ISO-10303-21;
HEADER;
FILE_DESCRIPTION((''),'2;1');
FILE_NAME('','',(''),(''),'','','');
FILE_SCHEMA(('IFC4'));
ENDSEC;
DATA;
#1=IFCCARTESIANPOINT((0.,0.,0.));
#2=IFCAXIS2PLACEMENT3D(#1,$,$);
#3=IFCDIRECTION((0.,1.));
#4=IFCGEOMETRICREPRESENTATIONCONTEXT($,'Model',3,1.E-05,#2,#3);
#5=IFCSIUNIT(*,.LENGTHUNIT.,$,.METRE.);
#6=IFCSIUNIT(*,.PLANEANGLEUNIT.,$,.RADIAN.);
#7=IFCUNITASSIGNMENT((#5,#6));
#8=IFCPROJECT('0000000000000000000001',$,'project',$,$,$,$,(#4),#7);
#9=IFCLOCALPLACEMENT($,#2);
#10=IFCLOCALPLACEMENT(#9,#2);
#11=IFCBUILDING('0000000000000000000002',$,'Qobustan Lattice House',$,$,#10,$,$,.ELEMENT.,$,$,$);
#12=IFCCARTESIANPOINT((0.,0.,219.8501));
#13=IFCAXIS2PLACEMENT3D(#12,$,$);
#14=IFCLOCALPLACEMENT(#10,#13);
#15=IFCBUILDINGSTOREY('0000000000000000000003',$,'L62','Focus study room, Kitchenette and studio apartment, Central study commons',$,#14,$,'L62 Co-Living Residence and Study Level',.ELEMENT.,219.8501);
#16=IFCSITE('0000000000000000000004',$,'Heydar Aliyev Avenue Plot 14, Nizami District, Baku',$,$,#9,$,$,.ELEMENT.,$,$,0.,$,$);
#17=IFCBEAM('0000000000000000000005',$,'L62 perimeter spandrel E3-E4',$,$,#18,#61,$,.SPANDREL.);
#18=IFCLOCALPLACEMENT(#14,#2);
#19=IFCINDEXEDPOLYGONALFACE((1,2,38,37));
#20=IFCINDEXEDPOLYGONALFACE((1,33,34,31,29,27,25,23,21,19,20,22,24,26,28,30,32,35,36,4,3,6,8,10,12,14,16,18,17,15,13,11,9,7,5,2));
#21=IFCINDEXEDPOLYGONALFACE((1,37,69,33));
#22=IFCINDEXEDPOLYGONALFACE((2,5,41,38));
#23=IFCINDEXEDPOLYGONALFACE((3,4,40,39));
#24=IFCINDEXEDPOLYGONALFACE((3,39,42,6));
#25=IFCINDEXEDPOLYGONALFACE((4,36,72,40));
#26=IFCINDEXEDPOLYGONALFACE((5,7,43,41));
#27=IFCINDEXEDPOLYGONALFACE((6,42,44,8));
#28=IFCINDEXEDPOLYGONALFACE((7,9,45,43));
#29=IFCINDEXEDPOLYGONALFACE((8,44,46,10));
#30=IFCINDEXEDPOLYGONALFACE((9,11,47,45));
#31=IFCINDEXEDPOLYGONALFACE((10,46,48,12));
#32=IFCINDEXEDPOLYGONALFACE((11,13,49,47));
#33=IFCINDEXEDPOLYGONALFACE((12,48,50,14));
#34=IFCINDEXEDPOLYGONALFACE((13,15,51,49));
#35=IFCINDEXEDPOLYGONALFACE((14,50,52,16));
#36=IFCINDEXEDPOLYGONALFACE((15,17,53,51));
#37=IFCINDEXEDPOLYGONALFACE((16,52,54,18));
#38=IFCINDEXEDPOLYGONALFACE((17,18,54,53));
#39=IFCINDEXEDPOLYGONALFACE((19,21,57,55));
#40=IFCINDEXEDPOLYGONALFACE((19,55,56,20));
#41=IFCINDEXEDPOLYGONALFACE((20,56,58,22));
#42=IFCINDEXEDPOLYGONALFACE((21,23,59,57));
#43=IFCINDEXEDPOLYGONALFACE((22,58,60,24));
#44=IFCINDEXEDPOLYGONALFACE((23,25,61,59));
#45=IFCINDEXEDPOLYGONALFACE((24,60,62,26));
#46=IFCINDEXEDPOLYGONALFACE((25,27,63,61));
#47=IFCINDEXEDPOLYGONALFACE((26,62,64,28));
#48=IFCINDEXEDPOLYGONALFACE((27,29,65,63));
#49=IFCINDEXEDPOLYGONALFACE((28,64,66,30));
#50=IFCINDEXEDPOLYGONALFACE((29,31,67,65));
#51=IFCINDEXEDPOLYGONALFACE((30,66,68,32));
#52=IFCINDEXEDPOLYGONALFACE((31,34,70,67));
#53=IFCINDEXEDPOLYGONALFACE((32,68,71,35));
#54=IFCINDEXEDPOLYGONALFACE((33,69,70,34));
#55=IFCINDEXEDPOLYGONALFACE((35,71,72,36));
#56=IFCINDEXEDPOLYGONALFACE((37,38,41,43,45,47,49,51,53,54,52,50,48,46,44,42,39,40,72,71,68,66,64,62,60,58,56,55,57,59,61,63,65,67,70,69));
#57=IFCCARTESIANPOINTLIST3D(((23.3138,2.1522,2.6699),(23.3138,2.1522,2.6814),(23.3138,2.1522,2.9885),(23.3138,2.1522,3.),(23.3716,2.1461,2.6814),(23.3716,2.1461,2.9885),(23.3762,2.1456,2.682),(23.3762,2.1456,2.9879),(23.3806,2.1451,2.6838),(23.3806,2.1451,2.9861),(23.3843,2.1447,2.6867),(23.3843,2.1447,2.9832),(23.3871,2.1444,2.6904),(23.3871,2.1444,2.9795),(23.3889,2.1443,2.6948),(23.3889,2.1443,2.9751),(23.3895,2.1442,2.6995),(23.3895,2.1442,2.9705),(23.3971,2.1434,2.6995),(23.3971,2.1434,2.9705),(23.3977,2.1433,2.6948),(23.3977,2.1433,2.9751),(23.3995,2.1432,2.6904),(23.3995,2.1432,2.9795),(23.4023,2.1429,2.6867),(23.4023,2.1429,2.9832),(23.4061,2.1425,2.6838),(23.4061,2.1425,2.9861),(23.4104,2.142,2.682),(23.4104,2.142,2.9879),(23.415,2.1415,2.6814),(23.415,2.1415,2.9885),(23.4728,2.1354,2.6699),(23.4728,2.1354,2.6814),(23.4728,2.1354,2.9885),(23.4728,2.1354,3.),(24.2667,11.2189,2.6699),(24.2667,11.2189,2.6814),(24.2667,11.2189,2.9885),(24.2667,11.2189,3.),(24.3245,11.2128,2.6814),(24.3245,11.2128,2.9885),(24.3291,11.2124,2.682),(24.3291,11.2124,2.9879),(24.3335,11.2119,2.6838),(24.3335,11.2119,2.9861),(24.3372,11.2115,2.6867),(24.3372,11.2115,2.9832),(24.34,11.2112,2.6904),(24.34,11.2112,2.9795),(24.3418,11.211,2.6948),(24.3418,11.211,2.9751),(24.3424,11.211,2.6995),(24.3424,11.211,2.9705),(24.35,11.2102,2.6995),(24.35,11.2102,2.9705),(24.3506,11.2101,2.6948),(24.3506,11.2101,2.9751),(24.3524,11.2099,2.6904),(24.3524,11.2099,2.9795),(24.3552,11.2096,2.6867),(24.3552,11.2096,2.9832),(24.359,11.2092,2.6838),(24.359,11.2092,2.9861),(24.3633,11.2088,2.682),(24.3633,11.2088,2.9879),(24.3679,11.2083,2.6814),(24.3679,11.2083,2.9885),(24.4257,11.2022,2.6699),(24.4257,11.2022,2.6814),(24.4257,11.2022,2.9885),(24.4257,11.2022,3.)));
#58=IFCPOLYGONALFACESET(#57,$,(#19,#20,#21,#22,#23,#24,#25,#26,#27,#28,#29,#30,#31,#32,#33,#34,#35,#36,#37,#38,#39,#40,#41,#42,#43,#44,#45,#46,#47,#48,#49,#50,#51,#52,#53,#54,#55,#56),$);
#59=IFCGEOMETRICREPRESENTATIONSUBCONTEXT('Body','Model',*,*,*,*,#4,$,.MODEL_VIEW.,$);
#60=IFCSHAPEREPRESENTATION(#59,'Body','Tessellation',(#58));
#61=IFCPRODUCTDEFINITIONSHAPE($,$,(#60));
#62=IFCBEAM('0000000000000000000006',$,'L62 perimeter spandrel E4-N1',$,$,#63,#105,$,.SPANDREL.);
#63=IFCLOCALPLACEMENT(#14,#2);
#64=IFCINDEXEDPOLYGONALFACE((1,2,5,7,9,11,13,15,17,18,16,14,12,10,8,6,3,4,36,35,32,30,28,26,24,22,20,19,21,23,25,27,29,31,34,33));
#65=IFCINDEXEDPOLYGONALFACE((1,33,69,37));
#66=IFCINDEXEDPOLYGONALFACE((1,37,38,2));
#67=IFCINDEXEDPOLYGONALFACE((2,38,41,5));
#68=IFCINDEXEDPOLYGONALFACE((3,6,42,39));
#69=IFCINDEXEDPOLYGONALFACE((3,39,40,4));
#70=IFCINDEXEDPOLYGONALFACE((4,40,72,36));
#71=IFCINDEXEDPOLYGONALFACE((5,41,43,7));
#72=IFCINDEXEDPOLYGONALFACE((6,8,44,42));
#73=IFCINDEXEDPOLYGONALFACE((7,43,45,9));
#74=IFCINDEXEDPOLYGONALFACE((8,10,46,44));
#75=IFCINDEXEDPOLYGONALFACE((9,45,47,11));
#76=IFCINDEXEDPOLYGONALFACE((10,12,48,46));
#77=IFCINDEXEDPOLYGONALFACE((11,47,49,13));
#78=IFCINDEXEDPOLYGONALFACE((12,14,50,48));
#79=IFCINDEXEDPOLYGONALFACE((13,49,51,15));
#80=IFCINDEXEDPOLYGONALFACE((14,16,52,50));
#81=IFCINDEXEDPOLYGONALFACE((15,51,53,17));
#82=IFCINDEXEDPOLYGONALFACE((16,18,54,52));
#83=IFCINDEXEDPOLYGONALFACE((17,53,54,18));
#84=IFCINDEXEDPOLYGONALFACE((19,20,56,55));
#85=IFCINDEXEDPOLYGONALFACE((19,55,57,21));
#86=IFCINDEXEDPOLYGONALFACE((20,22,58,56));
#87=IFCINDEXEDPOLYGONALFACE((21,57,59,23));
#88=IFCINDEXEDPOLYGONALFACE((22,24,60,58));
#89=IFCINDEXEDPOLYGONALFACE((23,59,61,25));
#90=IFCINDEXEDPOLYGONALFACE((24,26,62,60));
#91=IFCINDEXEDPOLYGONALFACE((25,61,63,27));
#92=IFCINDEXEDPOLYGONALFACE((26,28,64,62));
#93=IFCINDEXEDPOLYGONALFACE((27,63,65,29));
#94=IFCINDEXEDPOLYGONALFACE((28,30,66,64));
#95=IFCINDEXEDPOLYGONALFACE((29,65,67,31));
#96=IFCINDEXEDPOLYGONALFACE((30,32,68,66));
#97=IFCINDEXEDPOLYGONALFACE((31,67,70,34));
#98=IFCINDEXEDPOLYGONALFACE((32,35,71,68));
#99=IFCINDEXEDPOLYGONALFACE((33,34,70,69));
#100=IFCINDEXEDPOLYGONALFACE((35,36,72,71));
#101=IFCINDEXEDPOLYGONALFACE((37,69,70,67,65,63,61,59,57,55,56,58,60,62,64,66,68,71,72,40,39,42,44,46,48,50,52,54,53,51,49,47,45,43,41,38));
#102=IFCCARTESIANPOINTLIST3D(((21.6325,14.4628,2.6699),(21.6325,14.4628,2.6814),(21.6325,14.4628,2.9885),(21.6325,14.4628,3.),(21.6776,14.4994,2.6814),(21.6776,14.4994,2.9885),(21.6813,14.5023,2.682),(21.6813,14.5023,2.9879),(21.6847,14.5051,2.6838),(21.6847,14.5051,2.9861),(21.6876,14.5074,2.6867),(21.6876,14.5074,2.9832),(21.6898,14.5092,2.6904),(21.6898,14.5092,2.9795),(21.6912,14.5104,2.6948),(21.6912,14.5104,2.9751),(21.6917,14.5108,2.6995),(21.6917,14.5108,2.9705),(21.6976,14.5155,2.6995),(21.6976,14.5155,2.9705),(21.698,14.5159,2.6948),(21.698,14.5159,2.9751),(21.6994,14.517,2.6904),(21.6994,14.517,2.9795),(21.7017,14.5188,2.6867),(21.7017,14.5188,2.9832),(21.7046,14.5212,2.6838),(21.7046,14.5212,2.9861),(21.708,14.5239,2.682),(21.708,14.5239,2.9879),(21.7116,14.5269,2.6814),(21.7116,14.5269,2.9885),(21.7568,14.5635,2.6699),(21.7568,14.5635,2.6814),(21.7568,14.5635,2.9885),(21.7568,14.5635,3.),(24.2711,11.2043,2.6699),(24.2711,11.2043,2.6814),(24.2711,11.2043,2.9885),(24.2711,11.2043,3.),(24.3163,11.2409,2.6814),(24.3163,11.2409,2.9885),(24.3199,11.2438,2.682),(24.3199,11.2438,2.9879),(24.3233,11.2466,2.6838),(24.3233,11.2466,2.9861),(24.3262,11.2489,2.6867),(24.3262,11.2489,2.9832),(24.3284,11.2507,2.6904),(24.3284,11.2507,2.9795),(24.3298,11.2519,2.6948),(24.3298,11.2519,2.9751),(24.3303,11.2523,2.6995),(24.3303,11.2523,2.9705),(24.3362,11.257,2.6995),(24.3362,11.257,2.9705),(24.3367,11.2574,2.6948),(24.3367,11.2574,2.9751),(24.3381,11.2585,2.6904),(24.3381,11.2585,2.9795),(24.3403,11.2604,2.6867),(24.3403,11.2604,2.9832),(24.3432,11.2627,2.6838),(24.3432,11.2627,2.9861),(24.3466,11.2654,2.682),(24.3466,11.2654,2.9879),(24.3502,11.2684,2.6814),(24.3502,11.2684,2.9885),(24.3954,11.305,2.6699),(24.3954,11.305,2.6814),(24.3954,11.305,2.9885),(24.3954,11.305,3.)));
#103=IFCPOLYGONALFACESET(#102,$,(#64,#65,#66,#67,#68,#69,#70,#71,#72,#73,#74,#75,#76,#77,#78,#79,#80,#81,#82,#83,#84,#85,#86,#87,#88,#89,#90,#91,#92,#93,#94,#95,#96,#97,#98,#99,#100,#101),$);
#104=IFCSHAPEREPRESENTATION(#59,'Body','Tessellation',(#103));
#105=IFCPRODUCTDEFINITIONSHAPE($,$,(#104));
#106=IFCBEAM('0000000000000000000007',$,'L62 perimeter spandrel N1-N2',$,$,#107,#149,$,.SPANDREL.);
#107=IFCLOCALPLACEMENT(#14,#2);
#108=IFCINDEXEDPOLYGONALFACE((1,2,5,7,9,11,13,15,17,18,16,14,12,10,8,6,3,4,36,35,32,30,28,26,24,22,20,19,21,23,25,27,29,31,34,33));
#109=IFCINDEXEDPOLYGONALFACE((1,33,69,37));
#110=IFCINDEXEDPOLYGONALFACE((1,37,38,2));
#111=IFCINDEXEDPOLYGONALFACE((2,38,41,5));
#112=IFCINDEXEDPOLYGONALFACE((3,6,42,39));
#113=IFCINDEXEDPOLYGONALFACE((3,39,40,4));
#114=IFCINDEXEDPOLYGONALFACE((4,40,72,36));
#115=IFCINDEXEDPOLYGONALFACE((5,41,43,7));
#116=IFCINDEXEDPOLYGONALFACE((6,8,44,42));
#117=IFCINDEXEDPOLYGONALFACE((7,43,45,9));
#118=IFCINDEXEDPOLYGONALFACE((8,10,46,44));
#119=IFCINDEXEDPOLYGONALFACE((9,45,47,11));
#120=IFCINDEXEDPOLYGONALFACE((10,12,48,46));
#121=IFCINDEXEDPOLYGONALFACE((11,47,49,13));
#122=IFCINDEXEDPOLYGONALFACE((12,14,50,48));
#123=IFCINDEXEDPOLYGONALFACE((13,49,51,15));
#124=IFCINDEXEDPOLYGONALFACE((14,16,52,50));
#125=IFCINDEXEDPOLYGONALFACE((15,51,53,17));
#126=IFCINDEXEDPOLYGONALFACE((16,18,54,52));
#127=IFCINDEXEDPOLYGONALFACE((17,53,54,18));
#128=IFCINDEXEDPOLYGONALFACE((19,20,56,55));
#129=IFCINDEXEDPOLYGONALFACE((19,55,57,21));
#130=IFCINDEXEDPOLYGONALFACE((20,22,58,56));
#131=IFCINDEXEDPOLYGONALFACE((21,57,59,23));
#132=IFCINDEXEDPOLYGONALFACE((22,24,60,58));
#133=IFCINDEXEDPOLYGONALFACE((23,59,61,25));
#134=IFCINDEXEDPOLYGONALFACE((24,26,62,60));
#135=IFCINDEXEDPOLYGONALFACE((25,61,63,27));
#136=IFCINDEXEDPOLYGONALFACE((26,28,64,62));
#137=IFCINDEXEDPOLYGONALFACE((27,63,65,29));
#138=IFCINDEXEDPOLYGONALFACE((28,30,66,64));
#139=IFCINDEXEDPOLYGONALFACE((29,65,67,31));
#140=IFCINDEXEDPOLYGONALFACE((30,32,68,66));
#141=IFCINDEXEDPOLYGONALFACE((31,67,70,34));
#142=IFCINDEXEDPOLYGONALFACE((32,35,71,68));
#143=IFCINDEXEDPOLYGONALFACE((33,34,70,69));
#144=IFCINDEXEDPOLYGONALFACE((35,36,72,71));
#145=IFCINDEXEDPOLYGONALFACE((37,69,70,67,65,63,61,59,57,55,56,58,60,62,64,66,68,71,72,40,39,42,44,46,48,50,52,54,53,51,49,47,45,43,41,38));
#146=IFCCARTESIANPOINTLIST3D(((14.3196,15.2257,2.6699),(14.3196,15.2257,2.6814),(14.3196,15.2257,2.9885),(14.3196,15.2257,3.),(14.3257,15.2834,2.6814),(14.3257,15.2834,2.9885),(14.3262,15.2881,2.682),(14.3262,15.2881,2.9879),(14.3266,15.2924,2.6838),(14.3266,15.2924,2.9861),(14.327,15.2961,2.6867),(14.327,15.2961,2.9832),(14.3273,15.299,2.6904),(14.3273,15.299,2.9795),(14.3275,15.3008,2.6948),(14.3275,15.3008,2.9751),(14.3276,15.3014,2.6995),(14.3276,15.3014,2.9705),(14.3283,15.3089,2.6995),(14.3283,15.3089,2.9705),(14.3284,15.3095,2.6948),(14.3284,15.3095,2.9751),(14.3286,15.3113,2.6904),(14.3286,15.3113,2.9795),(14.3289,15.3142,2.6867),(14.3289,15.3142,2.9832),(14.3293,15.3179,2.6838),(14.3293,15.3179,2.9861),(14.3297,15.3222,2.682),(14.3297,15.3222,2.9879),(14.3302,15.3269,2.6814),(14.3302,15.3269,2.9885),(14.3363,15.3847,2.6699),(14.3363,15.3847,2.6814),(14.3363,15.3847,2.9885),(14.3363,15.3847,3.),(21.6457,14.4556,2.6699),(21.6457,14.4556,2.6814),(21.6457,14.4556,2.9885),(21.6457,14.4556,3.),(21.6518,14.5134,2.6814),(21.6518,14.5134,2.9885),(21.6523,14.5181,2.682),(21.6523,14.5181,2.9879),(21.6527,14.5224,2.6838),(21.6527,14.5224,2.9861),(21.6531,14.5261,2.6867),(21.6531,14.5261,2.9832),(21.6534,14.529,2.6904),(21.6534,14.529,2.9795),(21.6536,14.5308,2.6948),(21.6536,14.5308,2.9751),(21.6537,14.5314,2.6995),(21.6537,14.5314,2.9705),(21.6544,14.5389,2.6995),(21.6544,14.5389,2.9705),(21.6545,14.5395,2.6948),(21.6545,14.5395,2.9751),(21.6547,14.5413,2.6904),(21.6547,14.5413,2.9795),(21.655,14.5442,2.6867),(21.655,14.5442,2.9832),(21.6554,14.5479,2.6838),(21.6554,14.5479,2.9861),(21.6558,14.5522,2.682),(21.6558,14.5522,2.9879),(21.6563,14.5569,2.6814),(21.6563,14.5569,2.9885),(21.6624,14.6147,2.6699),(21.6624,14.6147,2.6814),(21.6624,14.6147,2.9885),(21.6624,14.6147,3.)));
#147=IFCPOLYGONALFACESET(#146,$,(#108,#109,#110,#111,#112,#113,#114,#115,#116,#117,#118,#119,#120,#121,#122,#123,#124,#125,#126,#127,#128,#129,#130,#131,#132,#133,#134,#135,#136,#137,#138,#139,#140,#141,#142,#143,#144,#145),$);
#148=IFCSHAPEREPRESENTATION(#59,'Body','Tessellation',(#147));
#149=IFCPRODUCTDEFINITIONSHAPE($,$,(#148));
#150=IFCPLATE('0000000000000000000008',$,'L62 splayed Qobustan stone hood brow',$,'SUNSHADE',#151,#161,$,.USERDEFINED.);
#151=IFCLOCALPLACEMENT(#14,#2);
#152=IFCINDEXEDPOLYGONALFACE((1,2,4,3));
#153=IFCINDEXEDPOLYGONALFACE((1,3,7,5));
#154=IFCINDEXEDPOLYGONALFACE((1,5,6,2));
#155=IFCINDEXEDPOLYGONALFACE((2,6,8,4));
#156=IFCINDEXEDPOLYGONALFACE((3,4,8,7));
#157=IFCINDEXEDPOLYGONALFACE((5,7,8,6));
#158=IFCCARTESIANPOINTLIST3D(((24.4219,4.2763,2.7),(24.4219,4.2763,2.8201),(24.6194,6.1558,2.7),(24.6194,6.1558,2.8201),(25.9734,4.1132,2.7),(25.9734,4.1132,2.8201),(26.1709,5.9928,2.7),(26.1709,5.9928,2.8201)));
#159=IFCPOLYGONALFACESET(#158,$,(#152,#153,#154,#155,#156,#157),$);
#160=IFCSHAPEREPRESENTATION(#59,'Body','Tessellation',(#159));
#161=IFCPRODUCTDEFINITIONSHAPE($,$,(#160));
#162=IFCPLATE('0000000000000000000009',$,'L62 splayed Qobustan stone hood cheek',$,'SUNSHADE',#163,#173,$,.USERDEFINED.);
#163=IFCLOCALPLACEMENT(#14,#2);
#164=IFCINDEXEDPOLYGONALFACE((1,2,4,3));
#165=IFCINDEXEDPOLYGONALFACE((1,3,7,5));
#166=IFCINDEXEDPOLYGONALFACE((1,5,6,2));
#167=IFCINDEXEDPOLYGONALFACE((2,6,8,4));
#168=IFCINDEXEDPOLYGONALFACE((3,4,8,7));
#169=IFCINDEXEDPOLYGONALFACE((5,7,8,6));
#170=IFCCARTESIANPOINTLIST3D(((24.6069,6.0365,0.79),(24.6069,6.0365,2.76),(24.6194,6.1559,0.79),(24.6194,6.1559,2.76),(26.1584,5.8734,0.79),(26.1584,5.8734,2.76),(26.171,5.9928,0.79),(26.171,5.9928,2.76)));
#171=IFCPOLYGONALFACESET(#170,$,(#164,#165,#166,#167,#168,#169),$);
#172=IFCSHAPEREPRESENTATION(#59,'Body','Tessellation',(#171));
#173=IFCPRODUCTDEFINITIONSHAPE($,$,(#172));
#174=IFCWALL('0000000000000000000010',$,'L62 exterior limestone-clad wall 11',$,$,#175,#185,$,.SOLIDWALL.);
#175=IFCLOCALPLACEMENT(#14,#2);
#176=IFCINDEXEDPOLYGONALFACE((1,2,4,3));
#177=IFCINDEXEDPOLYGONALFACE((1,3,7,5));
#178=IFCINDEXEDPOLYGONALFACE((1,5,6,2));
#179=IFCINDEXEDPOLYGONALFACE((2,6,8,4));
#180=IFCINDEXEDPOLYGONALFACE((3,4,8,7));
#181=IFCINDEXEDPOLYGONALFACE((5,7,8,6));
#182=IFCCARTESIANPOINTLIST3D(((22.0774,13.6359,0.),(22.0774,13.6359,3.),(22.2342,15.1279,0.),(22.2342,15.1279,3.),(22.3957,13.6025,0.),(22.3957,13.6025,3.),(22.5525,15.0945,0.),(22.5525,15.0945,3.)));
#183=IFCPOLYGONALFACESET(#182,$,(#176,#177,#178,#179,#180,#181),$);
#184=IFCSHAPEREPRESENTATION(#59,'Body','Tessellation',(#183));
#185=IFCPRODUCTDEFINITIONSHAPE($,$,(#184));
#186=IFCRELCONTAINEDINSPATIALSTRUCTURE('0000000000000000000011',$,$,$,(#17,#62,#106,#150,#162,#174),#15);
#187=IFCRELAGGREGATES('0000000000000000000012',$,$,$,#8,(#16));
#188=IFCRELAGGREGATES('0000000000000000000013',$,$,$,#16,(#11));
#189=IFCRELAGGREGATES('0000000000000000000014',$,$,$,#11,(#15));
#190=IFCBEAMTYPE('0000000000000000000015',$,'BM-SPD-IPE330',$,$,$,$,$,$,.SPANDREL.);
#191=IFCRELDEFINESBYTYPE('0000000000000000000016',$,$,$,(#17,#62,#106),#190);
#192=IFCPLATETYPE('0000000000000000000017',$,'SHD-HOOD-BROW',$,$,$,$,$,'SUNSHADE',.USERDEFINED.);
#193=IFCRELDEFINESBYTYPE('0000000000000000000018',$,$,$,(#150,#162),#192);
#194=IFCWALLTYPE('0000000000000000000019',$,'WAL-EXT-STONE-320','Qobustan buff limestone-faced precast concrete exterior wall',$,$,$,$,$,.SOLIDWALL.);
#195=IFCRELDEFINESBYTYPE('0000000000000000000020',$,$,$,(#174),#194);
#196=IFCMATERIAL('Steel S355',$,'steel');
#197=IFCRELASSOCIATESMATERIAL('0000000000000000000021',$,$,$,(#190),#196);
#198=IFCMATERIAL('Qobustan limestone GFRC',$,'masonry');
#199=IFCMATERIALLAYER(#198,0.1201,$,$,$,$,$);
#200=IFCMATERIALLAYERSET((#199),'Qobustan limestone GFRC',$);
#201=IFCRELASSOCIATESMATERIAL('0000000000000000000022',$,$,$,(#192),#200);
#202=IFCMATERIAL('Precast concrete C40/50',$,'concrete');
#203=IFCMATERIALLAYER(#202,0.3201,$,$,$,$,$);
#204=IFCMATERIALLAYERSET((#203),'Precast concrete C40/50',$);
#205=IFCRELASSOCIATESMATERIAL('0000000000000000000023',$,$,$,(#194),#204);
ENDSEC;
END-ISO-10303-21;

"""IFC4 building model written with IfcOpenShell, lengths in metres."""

from ifc_helpers import new_model, si_unit, direction, frame, frame_2d, origin, origin_2d, place, context, subcontext, project, spatial, rectangle, i_section, extrude, material, layer, layer_set, material_profile, profile_set, type_object, element, save


model = new_model("IFC4")

# Units and contexts
model_context = context("Model", 3, precision=1e-05, world=origin(), true_north=direction((0.0, 1.0)))
body_context = subcontext(model_context, "Body", "Model", "MODEL_VIEW")
ifc_project = project(units=[si_unit("LENGTHUNIT", "METRE"), si_unit("PLANEANGLEUNIT", "RADIAN")], contexts=[model_context])

# Site, building, storey
site_placement = place(None, origin())
site = spatial("IfcSite", under=ifc_project, at=site_placement, Name="Heydar Aliyev Avenue Plot 14, Nizami District, Baku", CompositionType="ELEMENT", RefElevation=0.0)
building_placement = place(site_placement, origin())
building = spatial("IfcBuilding", under=site, at=building_placement, Name="Qobustan Lattice House", CompositionType="ELEMENT")
storey_placement = place(building_placement, frame((0.0, 0.0, 219.8501)))
storey = spatial("IfcBuildingStorey", under=building, at=storey_placement, Name="L62", Description="Focus study room, Kitchenette and studio apartment, Central study commons", LongName="L62 Co-Living Residence and Study Level", CompositionType="ELEMENT", Elevation=219.8501)

# Beams
ifc_material_1 = material(Name="Steel S355", Category="steel")
ifc_material_profile_1 = material_profile(ifc_material_1, i_section(OverallWidth=0.1599, OverallDepth=0.3301, WebThickness=0.0076, FlangeThickness=0.0115, FilletRadius=0.0181, at=origin_2d()), Name="IPE330")
ifc_profile_set_1 = profile_set([ifc_material_profile_1], Name="Steel S355")
beam_type_1 = type_object("IfcBeamType", Name="BM-SPD-IPE330", PredefinedType="SPANDREL", material=ifc_profile_set_1)
beam_1_placement = place(storey_placement, frame((23.3933, 2.1438, 2.835), z_axis=(0.104522, 0.994523, 0.0), x_axis=(-0.994523, 0.104522, 0.0)))
element("IfcBeam", 1, at=beam_1_placement, inside=storey, type_object=beam_type_1, Name="L62 perimeter spandrel E3-E4", PredefinedType="SPANDREL", context=body_context, shape_type="SweptSolid", body=[
    extrude(i_section(OverallWidth=0.1599, OverallDepth=0.3301, WebThickness=0.0076, FlangeThickness=0.0115, FilletRadius=0.0181, at=origin_2d()), origin(), (0.0, 0.0, 1.0), 9.1167),
])
beam_2_placement = place(storey_placement, frame((24.3333, 11.2546, 2.835), z_axis=(-0.629314, 0.777151, 0.0), x_axis=(-0.777151, -0.629314, 0.0)))
element("IfcBeam", 2, at=beam_2_placement, inside=storey, type_object=beam_type_1, Name="L62 perimeter spandrel E4-N1", PredefinedType="SPANDREL", context=body_context, shape_type="SweptSolid", body=[
    extrude(i_section(OverallWidth=0.1599, OverallDepth=0.3301, WebThickness=0.0076, FlangeThickness=0.0115, FilletRadius=0.0181, at=origin_2d()), origin(), (0.0, 0.0, 1.0), 4.1929),
])
beam_3_placement = place(storey_placement, frame((21.6541, 14.5352, 2.835), z_axis=(-0.994522, 0.10453, 0.0), x_axis=(-0.10453, -0.994522, 0.0)))
element("IfcBeam", 3, at=beam_3_placement, inside=storey, type_object=beam_type_1, Name="L62 perimeter spandrel N1-N2", PredefinedType="SPANDREL", context=body_context, shape_type="SweptSolid", body=[
    extrude(i_section(OverallWidth=0.1599, OverallDepth=0.3301, WebThickness=0.0076, FlangeThickness=0.0115, FilletRadius=0.0181, at=origin_2d()), origin(), (0.0, 0.0, 1.0), 7.3665),
])

# Plates
ifc_material_2 = material(Name="Qobustan limestone GFRC", Category="masonry")
ifc_layer_1 = layer(ifc_material_2, 0.1201)
ifc_layer_set_1 = layer_set([ifc_layer_1], Name="Qobustan limestone GFRC")
plate_type = type_object("IfcPlateType", Name="SHD-HOOD-BROW", ElementType="SUNSHADE", PredefinedType="USERDEFINED", material=ifc_layer_set_1)
plate_1_placement = place(storey_placement, frame((25.2964, 5.1345, 2.7), z_axis=(0.0, 0.0, 1.0), x_axis=(-0.104528, -0.994522, 0.0)))
element("IfcPlate", 4, at=plate_1_placement, inside=storey, type_object=plate_type, Name="L62 splayed Qobustan stone hood brow", ObjectType="SUNSHADE", PredefinedType="USERDEFINED", context=body_context, shape_type="SweptSolid", body=[
    extrude(rectangle(XDim=1.8899, YDim=1.5601, at=origin_2d()), origin(), (0.0, 0.0, 1.0), 0.1201),
])
plate_2_placement = place(storey_placement, frame((25.3889, 6.0146, 0.79), z_axis=(0.0, 0.0, 1.0), x_axis=(-0.104528, -0.994522, 0.0)))
element("IfcPlate", 5, at=plate_2_placement, inside=storey, type_object=plate_type, Name="L62 splayed Qobustan stone hood cheek", ObjectType="SUNSHADE", PredefinedType="USERDEFINED", context=body_context, shape_type="SweptSolid", body=[
    extrude(rectangle(XDim=0.1201, YDim=1.5601, at=origin_2d()), origin(), (0.0, 0.0, 1.0), 1.97),
])

# Wall
ifc_material_3 = material(Name="Precast concrete C40/50", Category="concrete")
ifc_layer_2 = layer(ifc_material_3, 0.3201)
ifc_layer_set_2 = layer_set([ifc_layer_2], Name="Precast concrete C40/50")
wall_type_1 = type_object("IfcWallType", Name="WAL-EXT-STONE-320", Description="Qobustan buff limestone-faced precast concrete exterior wall", PredefinedType="SOLIDWALL", material=ifc_layer_set_2)
wall_1_placement = place(storey_placement, frame((22.3933, 15.1111, 0.0), z_axis=(0.0, 0.0, 1.0), x_axis=(-0.104481, -0.994527, 0.0)))
element("IfcWall", 6, at=wall_1_placement, inside=storey, type_object=wall_type_1, Name="L62 exterior limestone-clad wall 11", PredefinedType="SOLIDWALL", context=body_context, shape_type="SweptSolid", body=[
    extrude(rectangle(XDim=1.5002, YDim=0.3201, at=frame_2d((0.75, 0.0))), origin(), (0.0, 0.0, 1.0), 3.0),
])

save(model, "model.ifc")
